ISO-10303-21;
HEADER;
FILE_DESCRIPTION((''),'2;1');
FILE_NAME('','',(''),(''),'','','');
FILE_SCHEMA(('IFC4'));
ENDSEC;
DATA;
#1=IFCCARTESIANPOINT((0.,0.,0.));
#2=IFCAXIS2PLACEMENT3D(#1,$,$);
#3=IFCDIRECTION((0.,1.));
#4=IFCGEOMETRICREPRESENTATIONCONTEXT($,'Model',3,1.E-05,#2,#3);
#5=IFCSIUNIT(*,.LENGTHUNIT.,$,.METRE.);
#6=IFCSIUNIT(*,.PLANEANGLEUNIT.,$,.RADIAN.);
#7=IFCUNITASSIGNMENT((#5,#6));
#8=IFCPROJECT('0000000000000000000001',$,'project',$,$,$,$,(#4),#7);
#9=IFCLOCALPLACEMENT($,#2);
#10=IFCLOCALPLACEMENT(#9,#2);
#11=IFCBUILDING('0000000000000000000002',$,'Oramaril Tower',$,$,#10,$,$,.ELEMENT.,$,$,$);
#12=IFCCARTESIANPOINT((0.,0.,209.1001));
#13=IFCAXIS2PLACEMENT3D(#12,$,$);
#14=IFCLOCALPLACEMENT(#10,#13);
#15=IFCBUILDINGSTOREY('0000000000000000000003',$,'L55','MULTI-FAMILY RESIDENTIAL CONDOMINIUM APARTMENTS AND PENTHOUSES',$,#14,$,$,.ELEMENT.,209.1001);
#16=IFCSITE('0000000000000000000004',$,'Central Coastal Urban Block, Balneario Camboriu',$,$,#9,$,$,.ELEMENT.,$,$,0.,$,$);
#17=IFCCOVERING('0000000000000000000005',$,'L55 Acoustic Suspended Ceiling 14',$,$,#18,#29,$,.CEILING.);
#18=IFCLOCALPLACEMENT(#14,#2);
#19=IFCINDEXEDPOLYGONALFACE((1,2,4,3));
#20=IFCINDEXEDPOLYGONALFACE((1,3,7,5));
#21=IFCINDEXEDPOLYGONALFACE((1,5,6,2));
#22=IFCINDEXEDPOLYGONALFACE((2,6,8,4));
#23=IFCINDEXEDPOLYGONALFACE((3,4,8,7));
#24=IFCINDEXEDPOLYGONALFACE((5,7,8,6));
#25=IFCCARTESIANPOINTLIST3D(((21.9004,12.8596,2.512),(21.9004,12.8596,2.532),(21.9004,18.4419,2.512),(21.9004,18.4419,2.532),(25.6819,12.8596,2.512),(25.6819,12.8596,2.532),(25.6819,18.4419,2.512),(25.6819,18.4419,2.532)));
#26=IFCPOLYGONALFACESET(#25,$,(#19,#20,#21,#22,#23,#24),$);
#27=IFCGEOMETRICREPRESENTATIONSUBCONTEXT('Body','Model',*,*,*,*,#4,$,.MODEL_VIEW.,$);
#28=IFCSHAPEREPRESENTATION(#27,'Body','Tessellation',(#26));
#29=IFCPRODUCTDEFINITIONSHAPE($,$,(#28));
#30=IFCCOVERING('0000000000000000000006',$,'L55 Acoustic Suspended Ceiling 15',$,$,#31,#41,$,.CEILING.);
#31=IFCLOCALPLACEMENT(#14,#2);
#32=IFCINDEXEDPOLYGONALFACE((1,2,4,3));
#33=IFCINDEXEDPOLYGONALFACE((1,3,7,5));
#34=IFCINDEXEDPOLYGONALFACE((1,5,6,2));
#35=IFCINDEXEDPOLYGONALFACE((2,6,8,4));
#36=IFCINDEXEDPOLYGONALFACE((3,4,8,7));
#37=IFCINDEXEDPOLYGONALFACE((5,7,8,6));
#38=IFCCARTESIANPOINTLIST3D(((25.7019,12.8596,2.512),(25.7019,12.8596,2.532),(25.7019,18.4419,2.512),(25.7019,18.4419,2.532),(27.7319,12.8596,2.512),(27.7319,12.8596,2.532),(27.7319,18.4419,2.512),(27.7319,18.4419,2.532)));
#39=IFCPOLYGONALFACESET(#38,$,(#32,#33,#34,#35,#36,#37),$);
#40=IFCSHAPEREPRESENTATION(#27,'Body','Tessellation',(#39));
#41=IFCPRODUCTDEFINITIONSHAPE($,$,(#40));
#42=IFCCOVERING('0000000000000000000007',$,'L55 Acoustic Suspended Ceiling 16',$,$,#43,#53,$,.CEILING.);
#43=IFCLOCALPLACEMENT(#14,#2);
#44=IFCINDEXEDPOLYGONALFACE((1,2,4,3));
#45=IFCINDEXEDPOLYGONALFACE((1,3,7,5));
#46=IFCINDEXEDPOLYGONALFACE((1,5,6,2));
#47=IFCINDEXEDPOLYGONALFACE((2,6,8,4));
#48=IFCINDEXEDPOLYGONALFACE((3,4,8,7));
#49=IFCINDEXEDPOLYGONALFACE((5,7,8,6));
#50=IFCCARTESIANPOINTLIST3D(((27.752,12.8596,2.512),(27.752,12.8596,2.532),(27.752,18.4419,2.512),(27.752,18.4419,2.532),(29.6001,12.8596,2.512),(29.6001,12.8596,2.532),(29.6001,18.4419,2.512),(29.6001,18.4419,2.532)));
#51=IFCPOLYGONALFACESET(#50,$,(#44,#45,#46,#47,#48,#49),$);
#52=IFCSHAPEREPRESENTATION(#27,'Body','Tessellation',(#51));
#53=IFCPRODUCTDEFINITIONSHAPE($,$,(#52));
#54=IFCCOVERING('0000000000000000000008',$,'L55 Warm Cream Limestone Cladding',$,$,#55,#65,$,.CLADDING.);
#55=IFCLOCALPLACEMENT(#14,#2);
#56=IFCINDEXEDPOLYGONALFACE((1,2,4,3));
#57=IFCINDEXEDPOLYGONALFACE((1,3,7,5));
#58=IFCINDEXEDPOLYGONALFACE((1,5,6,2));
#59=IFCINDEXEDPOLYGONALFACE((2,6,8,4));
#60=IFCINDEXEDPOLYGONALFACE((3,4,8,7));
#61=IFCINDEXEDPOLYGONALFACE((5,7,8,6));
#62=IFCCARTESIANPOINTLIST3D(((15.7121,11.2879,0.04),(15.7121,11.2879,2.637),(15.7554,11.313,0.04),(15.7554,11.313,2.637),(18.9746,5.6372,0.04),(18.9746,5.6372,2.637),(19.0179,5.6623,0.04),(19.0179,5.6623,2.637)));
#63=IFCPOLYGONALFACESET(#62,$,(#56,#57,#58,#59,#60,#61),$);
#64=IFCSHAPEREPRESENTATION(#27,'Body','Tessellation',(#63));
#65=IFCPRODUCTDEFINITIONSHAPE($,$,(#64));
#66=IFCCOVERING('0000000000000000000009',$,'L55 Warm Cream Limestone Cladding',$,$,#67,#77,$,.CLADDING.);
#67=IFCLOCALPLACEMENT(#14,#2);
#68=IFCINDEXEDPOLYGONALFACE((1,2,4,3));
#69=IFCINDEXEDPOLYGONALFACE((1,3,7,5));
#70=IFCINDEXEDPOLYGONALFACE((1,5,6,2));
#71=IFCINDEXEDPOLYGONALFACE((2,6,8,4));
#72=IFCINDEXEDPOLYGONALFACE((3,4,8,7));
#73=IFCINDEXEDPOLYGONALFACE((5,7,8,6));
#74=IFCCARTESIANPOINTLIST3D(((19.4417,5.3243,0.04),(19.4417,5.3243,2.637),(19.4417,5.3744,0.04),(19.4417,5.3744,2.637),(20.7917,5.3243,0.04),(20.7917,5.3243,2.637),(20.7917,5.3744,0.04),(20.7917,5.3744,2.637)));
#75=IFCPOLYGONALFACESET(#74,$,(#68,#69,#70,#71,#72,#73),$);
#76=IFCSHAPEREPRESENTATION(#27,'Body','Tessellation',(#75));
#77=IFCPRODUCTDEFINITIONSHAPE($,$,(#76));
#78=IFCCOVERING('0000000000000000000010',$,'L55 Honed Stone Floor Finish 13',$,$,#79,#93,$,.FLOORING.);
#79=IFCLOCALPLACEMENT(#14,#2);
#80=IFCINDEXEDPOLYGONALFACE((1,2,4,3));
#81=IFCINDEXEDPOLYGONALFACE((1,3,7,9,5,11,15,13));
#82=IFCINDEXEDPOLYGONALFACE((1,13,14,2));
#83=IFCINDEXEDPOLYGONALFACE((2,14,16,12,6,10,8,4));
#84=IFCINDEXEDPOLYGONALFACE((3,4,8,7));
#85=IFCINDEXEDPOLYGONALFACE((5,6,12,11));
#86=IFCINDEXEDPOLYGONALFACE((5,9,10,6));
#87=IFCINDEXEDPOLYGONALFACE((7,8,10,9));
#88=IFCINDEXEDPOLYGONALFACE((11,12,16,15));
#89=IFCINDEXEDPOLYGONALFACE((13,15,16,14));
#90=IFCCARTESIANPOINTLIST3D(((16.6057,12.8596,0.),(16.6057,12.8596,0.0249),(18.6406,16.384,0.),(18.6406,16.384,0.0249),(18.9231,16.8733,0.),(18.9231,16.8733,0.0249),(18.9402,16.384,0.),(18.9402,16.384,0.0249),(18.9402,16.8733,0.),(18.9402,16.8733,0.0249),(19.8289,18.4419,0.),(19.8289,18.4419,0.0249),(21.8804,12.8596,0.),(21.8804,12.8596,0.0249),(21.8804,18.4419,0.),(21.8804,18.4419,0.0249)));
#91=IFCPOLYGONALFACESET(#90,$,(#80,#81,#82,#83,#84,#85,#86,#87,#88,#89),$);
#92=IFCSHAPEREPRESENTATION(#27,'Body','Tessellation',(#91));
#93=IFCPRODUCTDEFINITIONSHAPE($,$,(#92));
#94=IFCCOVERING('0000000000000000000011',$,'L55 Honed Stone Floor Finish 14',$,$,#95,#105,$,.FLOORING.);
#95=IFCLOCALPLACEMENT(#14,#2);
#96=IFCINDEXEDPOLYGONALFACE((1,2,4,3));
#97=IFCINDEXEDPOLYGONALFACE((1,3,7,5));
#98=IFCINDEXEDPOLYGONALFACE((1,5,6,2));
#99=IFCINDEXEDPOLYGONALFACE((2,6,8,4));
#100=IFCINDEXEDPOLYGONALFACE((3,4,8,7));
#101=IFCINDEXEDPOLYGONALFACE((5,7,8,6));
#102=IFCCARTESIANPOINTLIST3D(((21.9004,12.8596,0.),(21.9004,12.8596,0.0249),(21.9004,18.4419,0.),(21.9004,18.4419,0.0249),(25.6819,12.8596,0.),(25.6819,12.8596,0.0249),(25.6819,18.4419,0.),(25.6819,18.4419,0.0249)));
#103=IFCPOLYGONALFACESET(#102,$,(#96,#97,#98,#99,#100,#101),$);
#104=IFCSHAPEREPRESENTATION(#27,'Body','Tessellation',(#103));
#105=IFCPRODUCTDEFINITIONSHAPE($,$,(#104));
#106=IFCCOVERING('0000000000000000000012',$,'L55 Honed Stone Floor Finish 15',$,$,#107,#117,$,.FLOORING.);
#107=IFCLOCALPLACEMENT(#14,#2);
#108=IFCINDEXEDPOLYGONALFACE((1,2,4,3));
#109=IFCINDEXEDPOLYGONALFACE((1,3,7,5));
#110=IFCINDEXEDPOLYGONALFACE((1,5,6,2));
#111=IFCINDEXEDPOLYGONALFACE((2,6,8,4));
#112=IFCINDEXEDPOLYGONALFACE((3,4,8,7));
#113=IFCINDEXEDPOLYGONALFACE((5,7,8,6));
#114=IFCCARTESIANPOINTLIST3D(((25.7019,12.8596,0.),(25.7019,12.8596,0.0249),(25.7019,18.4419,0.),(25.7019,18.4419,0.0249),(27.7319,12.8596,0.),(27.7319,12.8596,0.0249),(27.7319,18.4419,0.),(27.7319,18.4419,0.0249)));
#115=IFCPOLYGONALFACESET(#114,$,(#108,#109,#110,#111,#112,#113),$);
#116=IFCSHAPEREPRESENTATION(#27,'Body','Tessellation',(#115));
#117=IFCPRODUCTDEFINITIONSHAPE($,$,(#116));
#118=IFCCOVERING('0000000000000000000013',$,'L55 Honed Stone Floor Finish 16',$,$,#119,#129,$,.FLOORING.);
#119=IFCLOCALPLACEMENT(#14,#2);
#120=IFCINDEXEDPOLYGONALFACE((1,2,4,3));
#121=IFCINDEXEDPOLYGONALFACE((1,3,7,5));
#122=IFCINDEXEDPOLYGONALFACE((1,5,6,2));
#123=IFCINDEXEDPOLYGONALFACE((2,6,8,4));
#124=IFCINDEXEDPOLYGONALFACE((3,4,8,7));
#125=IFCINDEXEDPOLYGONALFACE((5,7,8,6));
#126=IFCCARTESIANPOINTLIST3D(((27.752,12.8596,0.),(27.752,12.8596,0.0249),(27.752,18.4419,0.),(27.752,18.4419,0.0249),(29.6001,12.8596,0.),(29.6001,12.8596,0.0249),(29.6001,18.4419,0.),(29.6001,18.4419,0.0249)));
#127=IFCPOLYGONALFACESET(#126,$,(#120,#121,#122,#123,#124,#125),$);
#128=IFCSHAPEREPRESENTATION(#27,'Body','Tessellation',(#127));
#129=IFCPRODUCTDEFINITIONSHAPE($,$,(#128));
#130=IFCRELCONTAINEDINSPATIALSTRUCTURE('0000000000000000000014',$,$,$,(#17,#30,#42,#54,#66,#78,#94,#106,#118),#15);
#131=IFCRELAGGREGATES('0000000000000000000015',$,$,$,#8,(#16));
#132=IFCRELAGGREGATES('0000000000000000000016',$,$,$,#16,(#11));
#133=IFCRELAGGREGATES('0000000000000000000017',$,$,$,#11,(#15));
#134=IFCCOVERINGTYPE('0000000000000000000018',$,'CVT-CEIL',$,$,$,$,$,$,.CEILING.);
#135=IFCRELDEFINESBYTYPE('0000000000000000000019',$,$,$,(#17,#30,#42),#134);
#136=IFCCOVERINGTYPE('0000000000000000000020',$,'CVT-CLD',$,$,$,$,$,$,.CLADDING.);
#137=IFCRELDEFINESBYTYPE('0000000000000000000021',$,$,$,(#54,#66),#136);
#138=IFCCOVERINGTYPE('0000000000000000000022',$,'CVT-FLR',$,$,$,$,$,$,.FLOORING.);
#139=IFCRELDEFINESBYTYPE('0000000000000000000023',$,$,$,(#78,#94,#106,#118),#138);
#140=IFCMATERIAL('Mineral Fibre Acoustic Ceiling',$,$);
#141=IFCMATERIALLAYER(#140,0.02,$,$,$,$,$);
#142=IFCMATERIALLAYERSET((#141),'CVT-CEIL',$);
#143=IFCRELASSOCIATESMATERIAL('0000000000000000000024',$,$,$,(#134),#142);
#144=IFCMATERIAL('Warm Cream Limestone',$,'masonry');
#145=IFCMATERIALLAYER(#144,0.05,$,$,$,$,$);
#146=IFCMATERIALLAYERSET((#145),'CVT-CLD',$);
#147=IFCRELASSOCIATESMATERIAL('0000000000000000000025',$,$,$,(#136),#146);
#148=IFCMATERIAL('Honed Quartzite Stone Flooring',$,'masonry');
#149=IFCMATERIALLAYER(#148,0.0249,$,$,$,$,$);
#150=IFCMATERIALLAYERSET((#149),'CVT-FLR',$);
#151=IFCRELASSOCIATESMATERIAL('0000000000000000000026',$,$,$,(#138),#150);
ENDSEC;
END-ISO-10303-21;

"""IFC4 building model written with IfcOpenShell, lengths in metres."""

from ifc_helpers import new_model, si_unit, direction, frame, origin, origin_2d, place, context, subcontext, project, spatial, polyline, rectangle, outline, extrude, material, layer, layer_set, type_object, element, save


model = new_model("IFC4")

# Units and contexts
model_context = context("Model", 3, precision=1e-05, world=origin(), true_north=direction((0.0, 1.0)))
body_context = subcontext(model_context, "Body", "Model", "MODEL_VIEW")
ifc_project = project(units=[si_unit("LENGTHUNIT", "METRE"), si_unit("PLANEANGLEUNIT", "RADIAN")], contexts=[model_context])

# Site, building, storey
site_placement = place(None, origin())
site = spatial("IfcSite", under=ifc_project, at=site_placement, Name="Central Coastal Urban Block, Balneario Camboriu", CompositionType="ELEMENT", RefElevation=0.0)
building_placement = place(site_placement, origin())
building = spatial("IfcBuilding", under=site, at=building_placement, Name="Oramaril Tower", CompositionType="ELEMENT")
storey_placement = place(building_placement, frame((0.0, 0.0, 209.1001)))
storey = spatial("IfcBuildingStorey", under=building, at=storey_placement, Name="L55", Description="MULTI-FAMILY RESIDENTIAL CONDOMINIUM APARTMENTS AND PENTHOUSES", CompositionType="ELEMENT", Elevation=209.1001)

# Coverings
ifc_material_1 = material(Name="Mineral Fibre Acoustic Ceiling")
ifc_layer_1 = layer(ifc_material_1, 0.02)
ifc_layer_set_1 = layer_set([ifc_layer_1], Name="CVT-CEIL")
covering_type_1 = type_object("IfcCoveringType", Name="CVT-CEIL", PredefinedType="CEILING", material=ifc_layer_set_1)
covering_1_placement = place(storey_placement, frame((0.0, 0.0, 2.512)))
element("IfcCovering", 1, at=covering_1_placement, inside=storey, type_object=covering_type_1, Name="L55 Acoustic Suspended Ceiling 14", PredefinedType="CEILING", context=body_context, shape_type="SweptSolid", body=[
    extrude(outline(polyline([(25.6819, 18.4419), (25.6819, 12.8596), (21.9004, 12.8596), (21.9004, 18.4419), (25.6819, 18.4419)])), origin(), (0.0, 0.0, 1.0), 0.02),
])
covering_2_placement = place(storey_placement, frame((0.0, 0.0, 2.512)))
element("IfcCovering", 2, at=covering_2_placement, inside=storey, type_object=covering_type_1, Name="L55 Acoustic Suspended Ceiling 15", PredefinedType="CEILING", context=body_context, shape_type="SweptSolid", body=[
    extrude(outline(polyline([(27.7319, 18.4419), (27.7319, 12.8596), (25.7019, 12.8596), (25.7019, 18.4419), (27.7319, 18.4419)])), origin(), (0.0, 0.0, 1.0), 0.02),
])
covering_3_placement = place(storey_placement, frame((0.0, 0.0, 2.512)))
element("IfcCovering", 3, at=covering_3_placement, inside=storey, type_object=covering_type_1, Name="L55 Acoustic Suspended Ceiling 16", PredefinedType="CEILING", context=body_context, shape_type="SweptSolid", body=[
    extrude(outline(polyline([(29.6001, 18.4419), (29.6001, 12.8596), (27.752, 12.8596), (27.752, 18.4419), (29.6001, 18.4419)])), origin(), (0.0, 0.0, 1.0), 0.02),
])
ifc_material_2 = material(Name="Warm Cream Limestone", Category="masonry")
ifc_layer_2 = layer(ifc_material_2, 0.05)
ifc_layer_set_2 = layer_set([ifc_layer_2], Name="CVT-CLD")
covering_type_2 = type_object("IfcCoveringType", Name="CVT-CLD", PredefinedType="CLADDING", material=ifc_layer_set_2)
covering_4_placement = place(storey_placement, frame((17.365, 8.4751, 0.04), z_axis=(0.0, 0.0, 1.0), x_axis=(0.500003, -0.866024, 0.0)))
element("IfcCovering", 4, at=covering_4_placement, inside=storey, type_object=covering_type_2, Name="L55 Warm Cream Limestone Cladding", PredefinedType="CLADDING", context=body_context, shape_type="SweptSolid", body=[
    extrude(rectangle(XDim=6.5249, YDim=0.05, at=origin_2d()), origin(), (0.0, 0.0, 1.0), 2.5969),
])
covering_5_placement = place(storey_placement, frame((20.1167, 5.3494, 0.04), z_axis=(0.0, 0.0, 1.0), x_axis=(1.0, 0.0, 0.0)))
element("IfcCovering", 5, at=covering_5_placement, inside=storey, type_object=covering_type_2, Name="L55 Warm Cream Limestone Cladding", PredefinedType="CLADDING", context=body_context, shape_type="SweptSolid", body=[
    extrude(rectangle(XDim=1.3501, YDim=0.05, at=origin_2d()), origin(), (0.0, 0.0, 1.0), 2.5969),
])
ifc_material_3 = material(Name="Honed Quartzite Stone Flooring", Category="masonry")
ifc_layer_3 = layer(ifc_material_3, 0.0249)
ifc_layer_set_3 = layer_set([ifc_layer_3], Name="CVT-FLR")
covering_type_3 = type_object("IfcCoveringType", Name="CVT-FLR", PredefinedType="FLOORING", material=ifc_layer_set_3)
covering_6_placement = place(storey_placement, origin())
element("IfcCovering", 6, at=covering_6_placement, inside=storey, type_object=covering_type_3, Name="L55 Honed Stone Floor Finish 13", PredefinedType="FLOORING", context=body_context, shape_type="SweptSolid", body=[
    extrude(outline(polyline([(18.6406, 16.384), (18.9402, 16.384), (18.9402, 16.8733), (18.9231, 16.8733), (19.8289, 18.4419), (21.8804, 18.4419), (21.8804, 12.8596), (16.6057, 12.8596), (18.6406, 16.384)])), origin(), (0.0, 0.0, 1.0), 0.0249),
])
covering_7_placement = place(storey_placement, origin())
element("IfcCovering", 7, at=covering_7_placement, inside=storey, type_object=covering_type_3, Name="L55 Honed Stone Floor Finish 14", PredefinedType="FLOORING", context=body_context, shape_type="SweptSolid", body=[
    extrude(outline(polyline([(25.6819, 18.4419), (25.6819, 12.8596), (21.9004, 12.8596), (21.9004, 18.4419), (25.6819, 18.4419)])), origin(), (0.0, 0.0, 1.0), 0.0249),
])
covering_8_placement = place(storey_placement, origin())
element("IfcCovering", 8, at=covering_8_placement, inside=storey, type_object=covering_type_3, Name="L55 Honed Stone Floor Finish 15", PredefinedType="FLOORING", context=body_context, shape_type="SweptSolid", body=[
    extrude(outline(polyline([(27.7319, 18.4419), (27.7319, 12.8596), (25.7019, 12.8596), (25.7019, 18.4419), (27.7319, 18.4419)])), origin(), (0.0, 0.0, 1.0), 0.0249),
])
covering_9_placement = place(storey_placement, origin())
element("IfcCovering", 9, at=covering_9_placement, inside=storey, type_object=covering_type_3, Name="L55 Honed Stone Floor Finish 16", PredefinedType="FLOORING", context=body_context, shape_type="SweptSolid", body=[
    extrude(outline(polyline([(29.6001, 18.4419), (29.6001, 12.8596), (27.752, 12.8596), (27.752, 18.4419), (29.6001, 18.4419)])), origin(), (0.0, 0.0, 1.0), 0.0249),
])

save(model, "model.ifc")
